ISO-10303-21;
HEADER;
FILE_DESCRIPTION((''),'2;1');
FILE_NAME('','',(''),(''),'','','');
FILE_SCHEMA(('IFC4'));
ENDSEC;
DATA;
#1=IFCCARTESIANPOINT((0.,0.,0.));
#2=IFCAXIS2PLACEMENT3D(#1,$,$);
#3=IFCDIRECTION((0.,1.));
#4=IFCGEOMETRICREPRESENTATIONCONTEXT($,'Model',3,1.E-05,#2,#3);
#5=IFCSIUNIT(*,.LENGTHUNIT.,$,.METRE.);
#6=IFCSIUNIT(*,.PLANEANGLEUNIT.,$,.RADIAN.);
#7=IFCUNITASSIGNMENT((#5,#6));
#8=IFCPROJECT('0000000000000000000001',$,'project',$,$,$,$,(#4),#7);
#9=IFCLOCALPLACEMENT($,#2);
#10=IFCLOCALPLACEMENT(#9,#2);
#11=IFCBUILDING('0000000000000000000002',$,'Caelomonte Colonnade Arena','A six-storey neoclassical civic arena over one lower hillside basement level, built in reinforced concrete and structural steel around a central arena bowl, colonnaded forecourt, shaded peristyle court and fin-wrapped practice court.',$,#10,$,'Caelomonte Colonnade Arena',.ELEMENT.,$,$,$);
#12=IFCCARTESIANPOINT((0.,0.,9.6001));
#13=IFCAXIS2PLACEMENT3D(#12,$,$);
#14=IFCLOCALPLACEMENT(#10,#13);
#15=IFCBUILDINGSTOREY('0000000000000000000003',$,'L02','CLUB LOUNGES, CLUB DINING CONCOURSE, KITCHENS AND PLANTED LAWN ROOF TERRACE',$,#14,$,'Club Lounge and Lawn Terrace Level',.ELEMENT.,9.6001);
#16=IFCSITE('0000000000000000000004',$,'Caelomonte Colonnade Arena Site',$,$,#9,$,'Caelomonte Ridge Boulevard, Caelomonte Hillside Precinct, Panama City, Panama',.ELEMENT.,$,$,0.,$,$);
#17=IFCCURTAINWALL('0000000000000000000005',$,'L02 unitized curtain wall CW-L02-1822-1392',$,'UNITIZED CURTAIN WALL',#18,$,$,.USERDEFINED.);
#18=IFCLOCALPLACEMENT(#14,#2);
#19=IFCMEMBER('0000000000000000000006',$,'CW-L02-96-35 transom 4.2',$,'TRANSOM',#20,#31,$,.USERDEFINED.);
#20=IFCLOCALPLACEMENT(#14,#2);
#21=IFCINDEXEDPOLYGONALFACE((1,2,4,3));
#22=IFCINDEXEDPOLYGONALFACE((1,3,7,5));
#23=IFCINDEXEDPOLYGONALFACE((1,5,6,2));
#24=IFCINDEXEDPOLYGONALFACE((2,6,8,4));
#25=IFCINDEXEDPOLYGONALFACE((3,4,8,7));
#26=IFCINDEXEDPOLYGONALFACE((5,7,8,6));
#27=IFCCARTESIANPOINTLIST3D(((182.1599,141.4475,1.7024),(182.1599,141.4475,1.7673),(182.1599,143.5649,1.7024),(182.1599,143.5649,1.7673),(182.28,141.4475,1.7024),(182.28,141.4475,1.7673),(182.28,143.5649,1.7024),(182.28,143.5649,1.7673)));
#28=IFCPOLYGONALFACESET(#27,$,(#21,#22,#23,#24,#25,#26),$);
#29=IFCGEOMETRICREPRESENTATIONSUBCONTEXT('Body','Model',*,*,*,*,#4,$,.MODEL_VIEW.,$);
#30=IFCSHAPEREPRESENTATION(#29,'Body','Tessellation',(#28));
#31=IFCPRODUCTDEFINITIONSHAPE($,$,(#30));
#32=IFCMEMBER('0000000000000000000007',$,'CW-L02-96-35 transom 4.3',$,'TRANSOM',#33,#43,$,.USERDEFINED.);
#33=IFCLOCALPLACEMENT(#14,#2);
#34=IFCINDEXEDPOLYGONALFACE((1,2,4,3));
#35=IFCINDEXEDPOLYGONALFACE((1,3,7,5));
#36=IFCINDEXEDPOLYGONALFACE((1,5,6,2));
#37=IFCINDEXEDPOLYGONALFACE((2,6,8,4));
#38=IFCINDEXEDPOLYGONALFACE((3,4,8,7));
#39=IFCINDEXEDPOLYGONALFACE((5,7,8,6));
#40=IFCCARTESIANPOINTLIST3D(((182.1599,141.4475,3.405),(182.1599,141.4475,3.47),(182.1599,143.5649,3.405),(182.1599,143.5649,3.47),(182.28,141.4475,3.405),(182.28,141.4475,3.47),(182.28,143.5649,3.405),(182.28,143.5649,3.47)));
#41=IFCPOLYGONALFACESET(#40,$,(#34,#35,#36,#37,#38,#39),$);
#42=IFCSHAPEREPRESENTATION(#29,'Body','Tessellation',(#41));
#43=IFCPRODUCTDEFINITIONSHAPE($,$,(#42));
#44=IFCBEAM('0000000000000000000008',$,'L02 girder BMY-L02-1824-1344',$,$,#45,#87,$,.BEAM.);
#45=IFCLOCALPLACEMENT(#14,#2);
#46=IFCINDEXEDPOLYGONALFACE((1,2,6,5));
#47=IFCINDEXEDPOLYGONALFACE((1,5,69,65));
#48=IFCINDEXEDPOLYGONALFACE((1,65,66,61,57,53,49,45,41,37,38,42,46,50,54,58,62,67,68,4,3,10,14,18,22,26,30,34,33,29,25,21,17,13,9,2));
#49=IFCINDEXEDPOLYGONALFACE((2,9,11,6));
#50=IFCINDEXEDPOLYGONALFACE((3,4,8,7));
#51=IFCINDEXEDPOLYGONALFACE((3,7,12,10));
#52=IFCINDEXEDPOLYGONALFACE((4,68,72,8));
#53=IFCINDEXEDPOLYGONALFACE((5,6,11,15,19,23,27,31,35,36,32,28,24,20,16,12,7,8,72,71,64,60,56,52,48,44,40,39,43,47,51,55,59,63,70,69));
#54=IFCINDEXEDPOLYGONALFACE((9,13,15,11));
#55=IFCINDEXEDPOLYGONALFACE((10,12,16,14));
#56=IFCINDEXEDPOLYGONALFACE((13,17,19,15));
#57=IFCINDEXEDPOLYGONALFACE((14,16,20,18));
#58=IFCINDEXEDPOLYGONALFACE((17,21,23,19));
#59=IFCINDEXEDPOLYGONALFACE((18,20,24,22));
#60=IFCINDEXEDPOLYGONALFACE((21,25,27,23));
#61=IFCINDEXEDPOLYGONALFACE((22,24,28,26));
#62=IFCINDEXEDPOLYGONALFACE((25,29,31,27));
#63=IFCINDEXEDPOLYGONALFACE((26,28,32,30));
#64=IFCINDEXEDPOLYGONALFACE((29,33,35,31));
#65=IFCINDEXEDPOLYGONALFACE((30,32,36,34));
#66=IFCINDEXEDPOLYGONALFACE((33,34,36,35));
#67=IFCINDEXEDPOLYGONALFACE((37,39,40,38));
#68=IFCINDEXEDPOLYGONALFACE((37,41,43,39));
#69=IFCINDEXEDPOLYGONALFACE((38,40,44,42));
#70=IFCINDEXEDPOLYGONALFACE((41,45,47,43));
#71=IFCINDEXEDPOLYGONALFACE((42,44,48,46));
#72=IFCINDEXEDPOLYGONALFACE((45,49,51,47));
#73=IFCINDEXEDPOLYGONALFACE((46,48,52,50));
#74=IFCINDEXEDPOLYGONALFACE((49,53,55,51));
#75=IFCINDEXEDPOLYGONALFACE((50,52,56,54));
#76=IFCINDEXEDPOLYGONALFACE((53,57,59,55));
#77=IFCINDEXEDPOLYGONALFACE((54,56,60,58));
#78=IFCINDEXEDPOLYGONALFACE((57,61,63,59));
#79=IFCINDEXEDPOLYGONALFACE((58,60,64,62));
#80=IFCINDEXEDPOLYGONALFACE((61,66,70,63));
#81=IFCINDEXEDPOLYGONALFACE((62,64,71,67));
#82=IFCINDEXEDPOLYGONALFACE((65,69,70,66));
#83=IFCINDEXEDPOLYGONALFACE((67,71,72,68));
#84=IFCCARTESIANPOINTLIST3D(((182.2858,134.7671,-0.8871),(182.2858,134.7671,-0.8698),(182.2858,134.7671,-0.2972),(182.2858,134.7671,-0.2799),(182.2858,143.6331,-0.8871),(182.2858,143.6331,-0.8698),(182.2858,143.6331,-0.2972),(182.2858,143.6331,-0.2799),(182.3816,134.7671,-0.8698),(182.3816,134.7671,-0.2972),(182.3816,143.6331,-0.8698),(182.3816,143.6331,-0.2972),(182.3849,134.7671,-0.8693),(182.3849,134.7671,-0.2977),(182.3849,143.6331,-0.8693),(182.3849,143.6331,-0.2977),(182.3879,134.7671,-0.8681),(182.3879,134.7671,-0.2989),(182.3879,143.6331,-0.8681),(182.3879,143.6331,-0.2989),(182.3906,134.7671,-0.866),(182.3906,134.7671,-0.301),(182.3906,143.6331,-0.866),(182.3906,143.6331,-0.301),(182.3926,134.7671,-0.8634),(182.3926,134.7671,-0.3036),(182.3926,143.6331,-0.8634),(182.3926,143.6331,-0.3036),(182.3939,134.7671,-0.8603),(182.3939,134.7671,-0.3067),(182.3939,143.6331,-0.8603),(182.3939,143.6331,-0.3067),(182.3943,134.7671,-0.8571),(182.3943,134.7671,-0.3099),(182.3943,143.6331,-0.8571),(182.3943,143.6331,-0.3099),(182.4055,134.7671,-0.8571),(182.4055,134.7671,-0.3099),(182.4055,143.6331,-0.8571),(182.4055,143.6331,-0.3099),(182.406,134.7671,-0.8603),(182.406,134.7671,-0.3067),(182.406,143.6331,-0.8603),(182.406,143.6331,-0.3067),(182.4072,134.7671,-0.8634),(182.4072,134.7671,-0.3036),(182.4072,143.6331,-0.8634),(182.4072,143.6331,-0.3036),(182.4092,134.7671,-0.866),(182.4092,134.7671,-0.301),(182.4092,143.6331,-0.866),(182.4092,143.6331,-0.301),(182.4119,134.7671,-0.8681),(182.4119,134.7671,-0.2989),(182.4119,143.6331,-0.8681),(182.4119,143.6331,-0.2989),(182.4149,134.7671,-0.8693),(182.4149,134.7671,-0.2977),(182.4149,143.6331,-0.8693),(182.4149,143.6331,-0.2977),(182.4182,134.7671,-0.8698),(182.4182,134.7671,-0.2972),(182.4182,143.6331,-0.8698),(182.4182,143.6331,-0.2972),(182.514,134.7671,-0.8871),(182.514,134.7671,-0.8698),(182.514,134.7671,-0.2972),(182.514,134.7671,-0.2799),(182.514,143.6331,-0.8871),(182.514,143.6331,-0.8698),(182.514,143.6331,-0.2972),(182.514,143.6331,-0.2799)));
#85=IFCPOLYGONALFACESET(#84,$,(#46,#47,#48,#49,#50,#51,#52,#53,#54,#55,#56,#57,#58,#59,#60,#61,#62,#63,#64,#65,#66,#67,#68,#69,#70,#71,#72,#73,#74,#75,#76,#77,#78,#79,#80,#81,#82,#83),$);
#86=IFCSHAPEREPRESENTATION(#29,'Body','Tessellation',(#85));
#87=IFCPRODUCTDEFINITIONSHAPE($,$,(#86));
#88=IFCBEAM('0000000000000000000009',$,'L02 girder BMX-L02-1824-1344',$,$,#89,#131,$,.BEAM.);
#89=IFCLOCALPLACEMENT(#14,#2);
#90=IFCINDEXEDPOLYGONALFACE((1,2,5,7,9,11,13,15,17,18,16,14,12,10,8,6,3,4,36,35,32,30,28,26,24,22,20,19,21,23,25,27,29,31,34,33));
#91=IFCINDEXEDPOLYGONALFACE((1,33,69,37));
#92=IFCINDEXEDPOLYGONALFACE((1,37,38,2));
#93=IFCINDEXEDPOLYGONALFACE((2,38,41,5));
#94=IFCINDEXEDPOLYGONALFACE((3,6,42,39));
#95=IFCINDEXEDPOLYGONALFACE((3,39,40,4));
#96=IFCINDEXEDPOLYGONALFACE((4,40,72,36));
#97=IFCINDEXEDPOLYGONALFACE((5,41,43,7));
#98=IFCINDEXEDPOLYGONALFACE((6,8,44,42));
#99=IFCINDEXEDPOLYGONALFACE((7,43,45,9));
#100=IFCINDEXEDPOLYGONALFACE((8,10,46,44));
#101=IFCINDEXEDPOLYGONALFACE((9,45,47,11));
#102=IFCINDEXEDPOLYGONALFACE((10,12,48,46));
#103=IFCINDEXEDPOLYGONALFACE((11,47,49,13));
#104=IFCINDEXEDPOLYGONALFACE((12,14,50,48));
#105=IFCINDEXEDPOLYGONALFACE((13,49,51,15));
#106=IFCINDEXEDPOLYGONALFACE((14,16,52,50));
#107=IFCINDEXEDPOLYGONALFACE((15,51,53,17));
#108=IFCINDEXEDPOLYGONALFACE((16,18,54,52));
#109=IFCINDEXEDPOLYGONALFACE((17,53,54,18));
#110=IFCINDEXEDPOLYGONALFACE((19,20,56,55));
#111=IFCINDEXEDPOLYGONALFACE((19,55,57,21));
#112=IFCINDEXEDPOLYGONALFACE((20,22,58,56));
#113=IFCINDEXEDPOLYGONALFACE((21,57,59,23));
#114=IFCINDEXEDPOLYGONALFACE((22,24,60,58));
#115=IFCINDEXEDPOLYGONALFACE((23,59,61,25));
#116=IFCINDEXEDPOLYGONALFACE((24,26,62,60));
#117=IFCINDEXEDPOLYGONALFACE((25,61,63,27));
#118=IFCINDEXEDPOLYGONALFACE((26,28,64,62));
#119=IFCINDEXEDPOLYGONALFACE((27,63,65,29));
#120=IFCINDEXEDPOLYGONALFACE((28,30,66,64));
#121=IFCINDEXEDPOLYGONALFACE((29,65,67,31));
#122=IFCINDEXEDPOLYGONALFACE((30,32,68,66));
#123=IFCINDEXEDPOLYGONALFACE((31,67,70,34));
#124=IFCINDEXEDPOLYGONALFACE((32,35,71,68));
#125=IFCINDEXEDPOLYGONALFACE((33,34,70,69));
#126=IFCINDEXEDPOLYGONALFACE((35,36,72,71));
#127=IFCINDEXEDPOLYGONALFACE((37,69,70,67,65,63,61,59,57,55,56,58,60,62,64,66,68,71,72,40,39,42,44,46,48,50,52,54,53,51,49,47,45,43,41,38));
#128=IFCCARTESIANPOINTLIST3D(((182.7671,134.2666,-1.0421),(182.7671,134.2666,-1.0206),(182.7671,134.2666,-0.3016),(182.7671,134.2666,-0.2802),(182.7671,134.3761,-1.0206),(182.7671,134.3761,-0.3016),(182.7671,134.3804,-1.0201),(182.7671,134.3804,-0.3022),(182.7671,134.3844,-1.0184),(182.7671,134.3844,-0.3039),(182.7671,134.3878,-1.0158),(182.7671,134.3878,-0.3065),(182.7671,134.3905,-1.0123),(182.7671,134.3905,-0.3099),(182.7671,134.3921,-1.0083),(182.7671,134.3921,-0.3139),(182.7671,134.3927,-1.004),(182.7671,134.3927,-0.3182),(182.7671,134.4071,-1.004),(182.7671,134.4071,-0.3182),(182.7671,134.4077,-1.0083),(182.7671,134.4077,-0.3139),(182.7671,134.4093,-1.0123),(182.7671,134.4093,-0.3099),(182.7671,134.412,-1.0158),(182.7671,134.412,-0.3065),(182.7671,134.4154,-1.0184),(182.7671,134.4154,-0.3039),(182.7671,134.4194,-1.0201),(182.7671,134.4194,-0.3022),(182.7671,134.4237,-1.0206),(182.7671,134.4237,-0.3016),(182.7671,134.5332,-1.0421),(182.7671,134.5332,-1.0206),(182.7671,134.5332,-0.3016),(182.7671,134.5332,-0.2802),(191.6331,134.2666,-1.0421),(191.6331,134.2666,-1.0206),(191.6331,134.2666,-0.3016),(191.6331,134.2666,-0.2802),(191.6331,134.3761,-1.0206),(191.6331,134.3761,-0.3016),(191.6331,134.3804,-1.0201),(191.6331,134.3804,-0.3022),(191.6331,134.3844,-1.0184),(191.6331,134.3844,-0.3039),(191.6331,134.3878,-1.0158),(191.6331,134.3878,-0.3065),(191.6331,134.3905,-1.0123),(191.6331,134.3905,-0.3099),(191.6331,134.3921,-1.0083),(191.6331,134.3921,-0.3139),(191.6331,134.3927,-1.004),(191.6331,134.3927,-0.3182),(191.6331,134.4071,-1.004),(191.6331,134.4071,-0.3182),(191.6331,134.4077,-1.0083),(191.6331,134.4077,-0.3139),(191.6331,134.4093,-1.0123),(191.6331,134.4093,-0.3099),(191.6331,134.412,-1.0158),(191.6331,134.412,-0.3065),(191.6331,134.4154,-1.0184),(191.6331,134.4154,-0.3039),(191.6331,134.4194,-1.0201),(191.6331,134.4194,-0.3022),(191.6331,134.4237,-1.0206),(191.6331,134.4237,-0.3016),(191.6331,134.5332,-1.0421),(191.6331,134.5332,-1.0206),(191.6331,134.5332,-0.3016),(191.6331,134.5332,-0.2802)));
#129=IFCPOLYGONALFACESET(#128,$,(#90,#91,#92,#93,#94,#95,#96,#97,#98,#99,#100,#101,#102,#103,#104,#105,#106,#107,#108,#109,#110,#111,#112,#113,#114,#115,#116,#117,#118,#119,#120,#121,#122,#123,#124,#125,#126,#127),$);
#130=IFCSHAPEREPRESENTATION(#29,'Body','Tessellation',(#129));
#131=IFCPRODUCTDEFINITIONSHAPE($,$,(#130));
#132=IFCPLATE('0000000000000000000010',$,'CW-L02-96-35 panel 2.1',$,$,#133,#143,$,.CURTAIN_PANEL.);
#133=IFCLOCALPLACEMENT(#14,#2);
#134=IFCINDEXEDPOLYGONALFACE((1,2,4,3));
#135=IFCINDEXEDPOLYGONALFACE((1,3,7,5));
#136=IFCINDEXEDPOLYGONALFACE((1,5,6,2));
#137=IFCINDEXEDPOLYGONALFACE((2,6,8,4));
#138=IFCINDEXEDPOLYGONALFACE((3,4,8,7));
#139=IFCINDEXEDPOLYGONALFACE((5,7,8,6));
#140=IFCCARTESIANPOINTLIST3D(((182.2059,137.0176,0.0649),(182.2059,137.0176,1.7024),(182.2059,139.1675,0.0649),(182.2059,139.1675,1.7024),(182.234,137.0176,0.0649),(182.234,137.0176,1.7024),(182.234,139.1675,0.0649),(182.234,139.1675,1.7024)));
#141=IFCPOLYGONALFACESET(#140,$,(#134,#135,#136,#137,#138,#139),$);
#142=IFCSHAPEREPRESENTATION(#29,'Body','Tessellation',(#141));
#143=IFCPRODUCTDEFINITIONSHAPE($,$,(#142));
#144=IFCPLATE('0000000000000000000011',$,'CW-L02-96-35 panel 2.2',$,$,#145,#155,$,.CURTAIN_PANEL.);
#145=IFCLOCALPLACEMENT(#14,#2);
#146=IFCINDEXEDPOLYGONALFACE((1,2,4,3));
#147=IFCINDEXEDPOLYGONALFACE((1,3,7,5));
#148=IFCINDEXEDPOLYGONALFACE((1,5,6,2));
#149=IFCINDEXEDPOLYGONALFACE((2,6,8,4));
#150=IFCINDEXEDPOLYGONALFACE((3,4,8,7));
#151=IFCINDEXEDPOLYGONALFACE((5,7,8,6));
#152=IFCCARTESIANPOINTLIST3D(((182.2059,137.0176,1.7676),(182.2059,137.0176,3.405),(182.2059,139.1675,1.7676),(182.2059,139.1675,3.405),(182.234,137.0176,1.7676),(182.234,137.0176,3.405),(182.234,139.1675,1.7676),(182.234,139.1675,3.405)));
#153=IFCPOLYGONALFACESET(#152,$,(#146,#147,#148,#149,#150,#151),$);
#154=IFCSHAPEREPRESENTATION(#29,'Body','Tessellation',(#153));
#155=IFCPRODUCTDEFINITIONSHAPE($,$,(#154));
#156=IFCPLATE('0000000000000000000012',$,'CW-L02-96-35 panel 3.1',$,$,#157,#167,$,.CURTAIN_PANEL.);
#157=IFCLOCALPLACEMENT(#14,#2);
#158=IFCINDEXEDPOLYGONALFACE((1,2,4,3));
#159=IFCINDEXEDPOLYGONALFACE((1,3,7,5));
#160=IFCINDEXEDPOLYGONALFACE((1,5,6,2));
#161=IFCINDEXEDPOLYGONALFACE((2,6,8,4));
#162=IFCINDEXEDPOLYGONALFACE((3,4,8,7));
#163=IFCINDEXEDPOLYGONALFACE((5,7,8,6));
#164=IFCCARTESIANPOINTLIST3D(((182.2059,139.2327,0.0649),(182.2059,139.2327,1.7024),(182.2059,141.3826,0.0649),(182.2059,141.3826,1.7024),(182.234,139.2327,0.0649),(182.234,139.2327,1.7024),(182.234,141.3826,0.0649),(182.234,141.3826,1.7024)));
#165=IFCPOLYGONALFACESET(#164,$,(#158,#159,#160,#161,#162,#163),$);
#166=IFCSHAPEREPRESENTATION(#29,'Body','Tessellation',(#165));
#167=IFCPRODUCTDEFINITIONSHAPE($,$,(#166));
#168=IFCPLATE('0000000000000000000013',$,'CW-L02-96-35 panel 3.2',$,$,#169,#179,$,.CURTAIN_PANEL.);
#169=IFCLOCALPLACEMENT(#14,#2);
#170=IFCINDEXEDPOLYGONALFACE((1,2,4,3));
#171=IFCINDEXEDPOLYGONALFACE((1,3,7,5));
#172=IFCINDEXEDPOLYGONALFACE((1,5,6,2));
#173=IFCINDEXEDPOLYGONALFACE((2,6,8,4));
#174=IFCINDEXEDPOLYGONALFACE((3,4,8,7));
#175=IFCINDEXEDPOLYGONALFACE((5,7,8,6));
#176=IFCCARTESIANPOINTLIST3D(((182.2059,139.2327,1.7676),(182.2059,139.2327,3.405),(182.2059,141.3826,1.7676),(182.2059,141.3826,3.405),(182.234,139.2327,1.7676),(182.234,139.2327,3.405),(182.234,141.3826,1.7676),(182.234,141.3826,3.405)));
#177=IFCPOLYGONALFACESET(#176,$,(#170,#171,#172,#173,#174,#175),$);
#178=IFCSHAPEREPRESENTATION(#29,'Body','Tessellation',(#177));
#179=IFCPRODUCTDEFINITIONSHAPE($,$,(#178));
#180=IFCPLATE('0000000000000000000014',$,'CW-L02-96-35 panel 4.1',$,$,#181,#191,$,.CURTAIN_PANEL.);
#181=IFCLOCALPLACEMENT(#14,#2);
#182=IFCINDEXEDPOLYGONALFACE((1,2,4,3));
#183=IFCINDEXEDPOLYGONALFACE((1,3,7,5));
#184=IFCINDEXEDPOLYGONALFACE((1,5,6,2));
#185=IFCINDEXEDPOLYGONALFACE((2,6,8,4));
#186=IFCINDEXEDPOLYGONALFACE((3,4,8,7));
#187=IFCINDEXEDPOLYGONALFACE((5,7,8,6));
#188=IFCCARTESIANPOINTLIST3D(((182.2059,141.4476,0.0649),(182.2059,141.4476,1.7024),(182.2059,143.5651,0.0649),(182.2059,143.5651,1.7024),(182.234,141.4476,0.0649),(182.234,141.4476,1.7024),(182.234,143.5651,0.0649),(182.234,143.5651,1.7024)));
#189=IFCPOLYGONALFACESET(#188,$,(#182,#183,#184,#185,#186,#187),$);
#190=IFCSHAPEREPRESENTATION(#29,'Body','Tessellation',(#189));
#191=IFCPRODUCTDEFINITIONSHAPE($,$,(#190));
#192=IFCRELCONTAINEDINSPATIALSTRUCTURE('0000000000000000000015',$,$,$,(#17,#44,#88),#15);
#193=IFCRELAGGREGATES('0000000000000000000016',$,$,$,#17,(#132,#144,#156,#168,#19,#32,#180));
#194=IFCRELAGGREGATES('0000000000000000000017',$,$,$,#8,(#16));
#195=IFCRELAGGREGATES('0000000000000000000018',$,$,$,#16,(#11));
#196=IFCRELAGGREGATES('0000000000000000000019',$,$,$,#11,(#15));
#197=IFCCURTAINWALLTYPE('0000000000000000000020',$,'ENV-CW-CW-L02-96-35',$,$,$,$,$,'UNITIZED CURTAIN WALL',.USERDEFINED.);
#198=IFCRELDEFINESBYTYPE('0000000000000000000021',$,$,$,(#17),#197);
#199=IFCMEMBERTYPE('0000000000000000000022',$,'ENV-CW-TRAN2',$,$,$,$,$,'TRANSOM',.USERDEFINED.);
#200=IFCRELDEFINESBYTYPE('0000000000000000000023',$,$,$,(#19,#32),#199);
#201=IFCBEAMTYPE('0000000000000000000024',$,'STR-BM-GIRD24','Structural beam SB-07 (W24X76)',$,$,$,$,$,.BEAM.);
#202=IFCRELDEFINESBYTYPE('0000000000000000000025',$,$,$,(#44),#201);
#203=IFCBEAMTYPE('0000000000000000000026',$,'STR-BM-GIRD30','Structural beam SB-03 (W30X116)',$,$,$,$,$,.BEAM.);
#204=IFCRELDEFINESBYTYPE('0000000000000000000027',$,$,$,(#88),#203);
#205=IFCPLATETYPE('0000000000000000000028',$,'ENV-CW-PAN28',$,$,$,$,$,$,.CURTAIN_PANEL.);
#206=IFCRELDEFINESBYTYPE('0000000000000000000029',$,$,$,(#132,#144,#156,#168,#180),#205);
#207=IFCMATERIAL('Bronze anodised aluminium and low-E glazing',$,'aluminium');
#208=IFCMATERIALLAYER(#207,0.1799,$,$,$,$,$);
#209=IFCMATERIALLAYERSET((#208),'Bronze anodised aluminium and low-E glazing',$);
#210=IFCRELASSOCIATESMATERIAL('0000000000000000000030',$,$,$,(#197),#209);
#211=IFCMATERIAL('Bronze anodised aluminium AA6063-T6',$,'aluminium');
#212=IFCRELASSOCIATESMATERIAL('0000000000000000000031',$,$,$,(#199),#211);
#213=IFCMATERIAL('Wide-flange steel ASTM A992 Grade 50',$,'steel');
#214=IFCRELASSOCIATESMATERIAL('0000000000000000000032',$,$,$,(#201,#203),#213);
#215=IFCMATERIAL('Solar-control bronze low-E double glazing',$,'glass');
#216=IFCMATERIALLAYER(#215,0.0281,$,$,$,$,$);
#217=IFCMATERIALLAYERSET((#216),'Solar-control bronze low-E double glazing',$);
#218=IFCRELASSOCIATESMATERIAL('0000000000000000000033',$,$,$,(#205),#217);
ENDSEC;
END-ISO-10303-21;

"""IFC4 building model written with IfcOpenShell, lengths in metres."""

from ifc_helpers import new_model, si_unit, direction, frame, origin, origin_2d, place, context, subcontext, project, spatial, rectangle, i_section, extrude, material, layer, layer_set, material_profile, profile_set, type_object, element, aggregate, save


model = new_model("IFC4")

# Units and contexts
model_context = context("Model", 3, precision=1e-05, world=origin(), true_north=direction((0.0, 1.0)))
body_context = subcontext(model_context, "Body", "Model", "MODEL_VIEW")
ifc_project = project(units=[si_unit("LENGTHUNIT", "METRE"), si_unit("PLANEANGLEUNIT", "RADIAN")], contexts=[model_context])

# Site, building, storey
site_placement = place(None, origin())
site = spatial("IfcSite", under=ifc_project, at=site_placement, Name="Caelomonte Colonnade Arena Site", LongName="Caelomonte Ridge Boulevard, Caelomonte Hillside Precinct, Panama City, Panama", CompositionType="ELEMENT", RefElevation=0.0)
building_placement = place(site_placement, origin())
building = spatial("IfcBuilding", under=site, at=building_placement, Name="Caelomonte Colonnade Arena", Description="A six-storey neoclassical civic arena over one lower hillside basement level, built in reinforced concrete and structural steel around a central arena bowl, colonnaded forecourt, shaded peristyle court and fin-wrapped practice court.", LongName="Caelomonte Colonnade Arena", CompositionType="ELEMENT")
storey_placement = place(building_placement, frame((0.0, 0.0, 9.6001)))
storey = spatial("IfcBuildingStorey", under=building, at=storey_placement, Name="L02", Description="CLUB LOUNGES, CLUB DINING CONCOURSE, KITCHENS AND PLANTED LAWN ROOF TERRACE", LongName="Club Lounge and Lawn Terrace Level", CompositionType="ELEMENT", Elevation=9.6001)

# Shared definitions
ifc_material_1 = material(Name="Bronze anodised aluminium and low-E glazing", Category="aluminium")
ifc_layer_1 = layer(ifc_material_1, 0.1799)
ifc_layer_set_1 = layer_set([ifc_layer_1], Name="Bronze anodised aluminium and low-E glazing")
curtain_wall_type = type_object("IfcCurtainWallType", Name="ENV-CW-CW-L02-96-35", ElementType="UNITIZED CURTAIN WALL", PredefinedType="USERDEFINED", material=ifc_layer_set_1)
ifc_material_2 = material(Name="Bronze anodised aluminium AA6063-T6", Category="aluminium")

# Curtain wall
curtain_wall_1_placement = place(storey_placement, origin())
curtain_wall_1 = element("IfcCurtainWall", 1, at=curtain_wall_1_placement, inside=storey, type_object=curtain_wall_type, Name="L02 unitized curtain wall CW-L02-1822-1392", ObjectType="UNITIZED CURTAIN WALL", PredefinedType="USERDEFINED")

# Members
ifc_material_profile_1 = material_profile(ifc_material_2, rectangle(XDim=0.0649, YDim=0.1201, at=origin_2d()), Name="CWT-65X120")
ifc_profile_set_1 = profile_set([ifc_material_profile_1], Name="Bronze anodised aluminium AA6063-T6")
member_type_1 = type_object("IfcMemberType", Name="ENV-CW-TRAN2", ElementType="TRANSOM", PredefinedType="USERDEFINED", material=ifc_profile_set_1)
member_1_placement = place(storey_placement, frame((182.22, 141.4475, 1.7349), z_axis=(0.0, 1.0, 0.0), x_axis=(0.0, 0.0, 1.0)))
member_1 = element("IfcMember", 2, at=member_1_placement, type_object=member_type_1, Name="CW-L02-96-35 transom 4.2", ObjectType="TRANSOM", PredefinedType="USERDEFINED", context=body_context, shape_type="SweptSolid", body=[
    extrude(rectangle(XDim=0.0649, YDim=0.1201, at=origin_2d()), origin(), (0.0, 0.0, 1.0), 2.1174),
])
member_2_placement = place(storey_placement, frame((182.22, 141.4475, 3.4375), z_axis=(0.0, 1.0, 0.0), x_axis=(0.0, 0.0, 1.0)))
member_2 = element("IfcMember", 3, at=member_2_placement, type_object=member_type_1, Name="CW-L02-96-35 transom 4.3", ObjectType="TRANSOM", PredefinedType="USERDEFINED", context=body_context, shape_type="SweptSolid", body=[
    extrude(rectangle(XDim=0.0649, YDim=0.1201, at=origin_2d()), origin(), (0.0, 0.0, 1.0), 2.1174),
])

# Beams
ifc_material_3 = material(Name="Wide-flange steel ASTM A992 Grade 50", Category="steel")
ifc_material_profile_2 = material_profile(ifc_material_3, i_section(OverallWidth=0.2283, OverallDepth=0.6072, WebThickness=0.0112, FlangeThickness=0.0173, FilletRadius=0.0127, at=origin_2d()), Name="W24X76")
ifc_profile_set_2 = profile_set([ifc_material_profile_2], Name="Wide-flange steel ASTM A992 Grade 50")
beam_type_1 = type_object("IfcBeamType", Name="STR-BM-GIRD24", Description="Structural beam SB-07 (W24X76)", PredefinedType="BEAM", material=ifc_profile_set_2)
beam_1_placement = place(storey_placement, frame((182.3999, 134.7671, -0.5835), z_axis=(0.0, 1.0, 0.0), x_axis=(-1.0, 0.0, 0.0)))
element("IfcBeam", 4, at=beam_1_placement, inside=storey, type_object=beam_type_1, Name="L02 girder BMY-L02-1824-1344", PredefinedType="BEAM", context=body_context, shape_type="SweptSolid", body=[
    extrude(i_section(OverallWidth=0.2283, OverallDepth=0.6072, WebThickness=0.0112, FlangeThickness=0.0173, FilletRadius=0.0127, at=origin_2d()), origin(), (0.0, 0.0, 1.0), 8.866),
])
ifc_material_profile_3 = material_profile(ifc_material_3, i_section(OverallWidth=0.2666, OverallDepth=0.762, WebThickness=0.0144, FlangeThickness=0.0215, FilletRadius=0.0166, at=origin_2d()), Name="W30X116")
ifc_profile_set_3 = profile_set([ifc_material_profile_3], Name="Wide-flange steel ASTM A992 Grade 50")
beam_type_2 = type_object("IfcBeamType", Name="STR-BM-GIRD30", Description="Structural beam SB-03 (W30X116)", PredefinedType="BEAM", material=ifc_profile_set_3)
beam_2_placement = place(storey_placement, frame((182.7671, 134.3999, -0.6611), z_axis=(1.0, 0.0, 0.0), x_axis=(0.0, 1.0, 0.0)))
element("IfcBeam", 5, at=beam_2_placement, inside=storey, type_object=beam_type_2, Name="L02 girder BMX-L02-1824-1344", PredefinedType="BEAM", context=body_context, shape_type="SweptSolid", body=[
    extrude(i_section(OverallWidth=0.2666, OverallDepth=0.762, WebThickness=0.0144, FlangeThickness=0.0215, FilletRadius=0.0166, at=origin_2d()), origin(), (0.0, 0.0, 1.0), 8.866),
])

# Plates
ifc_material_4 = material(Name="Solar-control bronze low-E double glazing", Category="glass")
ifc_layer_2 = layer(ifc_material_4, 0.0281)
ifc_layer_set_2 = layer_set([ifc_layer_2], Name="Solar-control bronze low-E double glazing")
plate_type = type_object("IfcPlateType", Name="ENV-CW-PAN28", PredefinedType="CURTAIN_PANEL", material=ifc_layer_set_2)
plate_1_placement = place(storey_placement, frame((182.22, 138.0925, 0.0649), z_axis=(0.0, 0.0, 1.0), x_axis=(0.0, 1.0, 0.0)))
plate_1 = element("IfcPlate", 6, at=plate_1_placement, type_object=plate_type, Name="CW-L02-96-35 panel 2.1", PredefinedType="CURTAIN_PANEL", context=body_context, shape_type="SweptSolid", body=[
    extrude(rectangle(XDim=2.1499, YDim=0.0281, at=origin_2d()), origin(), (0.0, 0.0, 1.0), 1.6375),
])
plate_2_placement = place(storey_placement, frame((182.22, 138.0925, 1.7676), z_axis=(0.0, 0.0, 1.0), x_axis=(0.0, 1.0, 0.0)))
plate_2 = element("IfcPlate", 7, at=plate_2_placement, type_object=plate_type, Name="CW-L02-96-35 panel 2.2", PredefinedType="CURTAIN_PANEL", context=body_context, shape_type="SweptSolid", body=[
    extrude(rectangle(XDim=2.1499, YDim=0.0281, at=origin_2d()), origin(), (0.0, 0.0, 1.0), 1.6375),
])
plate_3_placement = place(storey_placement, frame((182.22, 140.3076, 0.0649), z_axis=(0.0, 0.0, 1.0), x_axis=(0.0, 1.0, 0.0)))
plate_3 = element("IfcPlate", 8, at=plate_3_placement, type_object=plate_type, Name="CW-L02-96-35 panel 3.1", PredefinedType="CURTAIN_PANEL", context=body_context, shape_type="SweptSolid", body=[
    extrude(rectangle(XDim=2.1499, YDim=0.0281, at=origin_2d()), origin(), (0.0, 0.0, 1.0), 1.6375),
])
plate_4_placement = place(storey_placement, frame((182.22, 140.3076, 1.7676), z_axis=(0.0, 0.0, 1.0), x_axis=(0.0, 1.0, 0.0)))
plate_4 = element("IfcPlate", 9, at=plate_4_placement, type_object=plate_type, Name="CW-L02-96-35 panel 3.2", PredefinedType="CURTAIN_PANEL", context=body_context, shape_type="SweptSolid", body=[
    extrude(rectangle(XDim=2.1499, YDim=0.0281, at=origin_2d()), origin(), (0.0, 0.0, 1.0), 1.6375),
])
plate_5_placement = place(storey_placement, frame((182.22, 142.5063, 0.0649), z_axis=(0.0, 0.0, 1.0), x_axis=(0.0, 1.0, 0.0)))
plate_5 = element("IfcPlate", 10, at=plate_5_placement, type_object=plate_type, Name="CW-L02-96-35 panel 4.1", PredefinedType="CURTAIN_PANEL", context=body_context, shape_type="SweptSolid", body=[
    extrude(rectangle(XDim=2.1174, YDim=0.0281, at=origin_2d()), origin(), (0.0, 0.0, 1.0), 1.6375),
])
aggregate(curtain_wall_1, [plate_1, plate_2, plate_3, plate_4, member_1, member_2, plate_5])

save(model, "model.ifc")
